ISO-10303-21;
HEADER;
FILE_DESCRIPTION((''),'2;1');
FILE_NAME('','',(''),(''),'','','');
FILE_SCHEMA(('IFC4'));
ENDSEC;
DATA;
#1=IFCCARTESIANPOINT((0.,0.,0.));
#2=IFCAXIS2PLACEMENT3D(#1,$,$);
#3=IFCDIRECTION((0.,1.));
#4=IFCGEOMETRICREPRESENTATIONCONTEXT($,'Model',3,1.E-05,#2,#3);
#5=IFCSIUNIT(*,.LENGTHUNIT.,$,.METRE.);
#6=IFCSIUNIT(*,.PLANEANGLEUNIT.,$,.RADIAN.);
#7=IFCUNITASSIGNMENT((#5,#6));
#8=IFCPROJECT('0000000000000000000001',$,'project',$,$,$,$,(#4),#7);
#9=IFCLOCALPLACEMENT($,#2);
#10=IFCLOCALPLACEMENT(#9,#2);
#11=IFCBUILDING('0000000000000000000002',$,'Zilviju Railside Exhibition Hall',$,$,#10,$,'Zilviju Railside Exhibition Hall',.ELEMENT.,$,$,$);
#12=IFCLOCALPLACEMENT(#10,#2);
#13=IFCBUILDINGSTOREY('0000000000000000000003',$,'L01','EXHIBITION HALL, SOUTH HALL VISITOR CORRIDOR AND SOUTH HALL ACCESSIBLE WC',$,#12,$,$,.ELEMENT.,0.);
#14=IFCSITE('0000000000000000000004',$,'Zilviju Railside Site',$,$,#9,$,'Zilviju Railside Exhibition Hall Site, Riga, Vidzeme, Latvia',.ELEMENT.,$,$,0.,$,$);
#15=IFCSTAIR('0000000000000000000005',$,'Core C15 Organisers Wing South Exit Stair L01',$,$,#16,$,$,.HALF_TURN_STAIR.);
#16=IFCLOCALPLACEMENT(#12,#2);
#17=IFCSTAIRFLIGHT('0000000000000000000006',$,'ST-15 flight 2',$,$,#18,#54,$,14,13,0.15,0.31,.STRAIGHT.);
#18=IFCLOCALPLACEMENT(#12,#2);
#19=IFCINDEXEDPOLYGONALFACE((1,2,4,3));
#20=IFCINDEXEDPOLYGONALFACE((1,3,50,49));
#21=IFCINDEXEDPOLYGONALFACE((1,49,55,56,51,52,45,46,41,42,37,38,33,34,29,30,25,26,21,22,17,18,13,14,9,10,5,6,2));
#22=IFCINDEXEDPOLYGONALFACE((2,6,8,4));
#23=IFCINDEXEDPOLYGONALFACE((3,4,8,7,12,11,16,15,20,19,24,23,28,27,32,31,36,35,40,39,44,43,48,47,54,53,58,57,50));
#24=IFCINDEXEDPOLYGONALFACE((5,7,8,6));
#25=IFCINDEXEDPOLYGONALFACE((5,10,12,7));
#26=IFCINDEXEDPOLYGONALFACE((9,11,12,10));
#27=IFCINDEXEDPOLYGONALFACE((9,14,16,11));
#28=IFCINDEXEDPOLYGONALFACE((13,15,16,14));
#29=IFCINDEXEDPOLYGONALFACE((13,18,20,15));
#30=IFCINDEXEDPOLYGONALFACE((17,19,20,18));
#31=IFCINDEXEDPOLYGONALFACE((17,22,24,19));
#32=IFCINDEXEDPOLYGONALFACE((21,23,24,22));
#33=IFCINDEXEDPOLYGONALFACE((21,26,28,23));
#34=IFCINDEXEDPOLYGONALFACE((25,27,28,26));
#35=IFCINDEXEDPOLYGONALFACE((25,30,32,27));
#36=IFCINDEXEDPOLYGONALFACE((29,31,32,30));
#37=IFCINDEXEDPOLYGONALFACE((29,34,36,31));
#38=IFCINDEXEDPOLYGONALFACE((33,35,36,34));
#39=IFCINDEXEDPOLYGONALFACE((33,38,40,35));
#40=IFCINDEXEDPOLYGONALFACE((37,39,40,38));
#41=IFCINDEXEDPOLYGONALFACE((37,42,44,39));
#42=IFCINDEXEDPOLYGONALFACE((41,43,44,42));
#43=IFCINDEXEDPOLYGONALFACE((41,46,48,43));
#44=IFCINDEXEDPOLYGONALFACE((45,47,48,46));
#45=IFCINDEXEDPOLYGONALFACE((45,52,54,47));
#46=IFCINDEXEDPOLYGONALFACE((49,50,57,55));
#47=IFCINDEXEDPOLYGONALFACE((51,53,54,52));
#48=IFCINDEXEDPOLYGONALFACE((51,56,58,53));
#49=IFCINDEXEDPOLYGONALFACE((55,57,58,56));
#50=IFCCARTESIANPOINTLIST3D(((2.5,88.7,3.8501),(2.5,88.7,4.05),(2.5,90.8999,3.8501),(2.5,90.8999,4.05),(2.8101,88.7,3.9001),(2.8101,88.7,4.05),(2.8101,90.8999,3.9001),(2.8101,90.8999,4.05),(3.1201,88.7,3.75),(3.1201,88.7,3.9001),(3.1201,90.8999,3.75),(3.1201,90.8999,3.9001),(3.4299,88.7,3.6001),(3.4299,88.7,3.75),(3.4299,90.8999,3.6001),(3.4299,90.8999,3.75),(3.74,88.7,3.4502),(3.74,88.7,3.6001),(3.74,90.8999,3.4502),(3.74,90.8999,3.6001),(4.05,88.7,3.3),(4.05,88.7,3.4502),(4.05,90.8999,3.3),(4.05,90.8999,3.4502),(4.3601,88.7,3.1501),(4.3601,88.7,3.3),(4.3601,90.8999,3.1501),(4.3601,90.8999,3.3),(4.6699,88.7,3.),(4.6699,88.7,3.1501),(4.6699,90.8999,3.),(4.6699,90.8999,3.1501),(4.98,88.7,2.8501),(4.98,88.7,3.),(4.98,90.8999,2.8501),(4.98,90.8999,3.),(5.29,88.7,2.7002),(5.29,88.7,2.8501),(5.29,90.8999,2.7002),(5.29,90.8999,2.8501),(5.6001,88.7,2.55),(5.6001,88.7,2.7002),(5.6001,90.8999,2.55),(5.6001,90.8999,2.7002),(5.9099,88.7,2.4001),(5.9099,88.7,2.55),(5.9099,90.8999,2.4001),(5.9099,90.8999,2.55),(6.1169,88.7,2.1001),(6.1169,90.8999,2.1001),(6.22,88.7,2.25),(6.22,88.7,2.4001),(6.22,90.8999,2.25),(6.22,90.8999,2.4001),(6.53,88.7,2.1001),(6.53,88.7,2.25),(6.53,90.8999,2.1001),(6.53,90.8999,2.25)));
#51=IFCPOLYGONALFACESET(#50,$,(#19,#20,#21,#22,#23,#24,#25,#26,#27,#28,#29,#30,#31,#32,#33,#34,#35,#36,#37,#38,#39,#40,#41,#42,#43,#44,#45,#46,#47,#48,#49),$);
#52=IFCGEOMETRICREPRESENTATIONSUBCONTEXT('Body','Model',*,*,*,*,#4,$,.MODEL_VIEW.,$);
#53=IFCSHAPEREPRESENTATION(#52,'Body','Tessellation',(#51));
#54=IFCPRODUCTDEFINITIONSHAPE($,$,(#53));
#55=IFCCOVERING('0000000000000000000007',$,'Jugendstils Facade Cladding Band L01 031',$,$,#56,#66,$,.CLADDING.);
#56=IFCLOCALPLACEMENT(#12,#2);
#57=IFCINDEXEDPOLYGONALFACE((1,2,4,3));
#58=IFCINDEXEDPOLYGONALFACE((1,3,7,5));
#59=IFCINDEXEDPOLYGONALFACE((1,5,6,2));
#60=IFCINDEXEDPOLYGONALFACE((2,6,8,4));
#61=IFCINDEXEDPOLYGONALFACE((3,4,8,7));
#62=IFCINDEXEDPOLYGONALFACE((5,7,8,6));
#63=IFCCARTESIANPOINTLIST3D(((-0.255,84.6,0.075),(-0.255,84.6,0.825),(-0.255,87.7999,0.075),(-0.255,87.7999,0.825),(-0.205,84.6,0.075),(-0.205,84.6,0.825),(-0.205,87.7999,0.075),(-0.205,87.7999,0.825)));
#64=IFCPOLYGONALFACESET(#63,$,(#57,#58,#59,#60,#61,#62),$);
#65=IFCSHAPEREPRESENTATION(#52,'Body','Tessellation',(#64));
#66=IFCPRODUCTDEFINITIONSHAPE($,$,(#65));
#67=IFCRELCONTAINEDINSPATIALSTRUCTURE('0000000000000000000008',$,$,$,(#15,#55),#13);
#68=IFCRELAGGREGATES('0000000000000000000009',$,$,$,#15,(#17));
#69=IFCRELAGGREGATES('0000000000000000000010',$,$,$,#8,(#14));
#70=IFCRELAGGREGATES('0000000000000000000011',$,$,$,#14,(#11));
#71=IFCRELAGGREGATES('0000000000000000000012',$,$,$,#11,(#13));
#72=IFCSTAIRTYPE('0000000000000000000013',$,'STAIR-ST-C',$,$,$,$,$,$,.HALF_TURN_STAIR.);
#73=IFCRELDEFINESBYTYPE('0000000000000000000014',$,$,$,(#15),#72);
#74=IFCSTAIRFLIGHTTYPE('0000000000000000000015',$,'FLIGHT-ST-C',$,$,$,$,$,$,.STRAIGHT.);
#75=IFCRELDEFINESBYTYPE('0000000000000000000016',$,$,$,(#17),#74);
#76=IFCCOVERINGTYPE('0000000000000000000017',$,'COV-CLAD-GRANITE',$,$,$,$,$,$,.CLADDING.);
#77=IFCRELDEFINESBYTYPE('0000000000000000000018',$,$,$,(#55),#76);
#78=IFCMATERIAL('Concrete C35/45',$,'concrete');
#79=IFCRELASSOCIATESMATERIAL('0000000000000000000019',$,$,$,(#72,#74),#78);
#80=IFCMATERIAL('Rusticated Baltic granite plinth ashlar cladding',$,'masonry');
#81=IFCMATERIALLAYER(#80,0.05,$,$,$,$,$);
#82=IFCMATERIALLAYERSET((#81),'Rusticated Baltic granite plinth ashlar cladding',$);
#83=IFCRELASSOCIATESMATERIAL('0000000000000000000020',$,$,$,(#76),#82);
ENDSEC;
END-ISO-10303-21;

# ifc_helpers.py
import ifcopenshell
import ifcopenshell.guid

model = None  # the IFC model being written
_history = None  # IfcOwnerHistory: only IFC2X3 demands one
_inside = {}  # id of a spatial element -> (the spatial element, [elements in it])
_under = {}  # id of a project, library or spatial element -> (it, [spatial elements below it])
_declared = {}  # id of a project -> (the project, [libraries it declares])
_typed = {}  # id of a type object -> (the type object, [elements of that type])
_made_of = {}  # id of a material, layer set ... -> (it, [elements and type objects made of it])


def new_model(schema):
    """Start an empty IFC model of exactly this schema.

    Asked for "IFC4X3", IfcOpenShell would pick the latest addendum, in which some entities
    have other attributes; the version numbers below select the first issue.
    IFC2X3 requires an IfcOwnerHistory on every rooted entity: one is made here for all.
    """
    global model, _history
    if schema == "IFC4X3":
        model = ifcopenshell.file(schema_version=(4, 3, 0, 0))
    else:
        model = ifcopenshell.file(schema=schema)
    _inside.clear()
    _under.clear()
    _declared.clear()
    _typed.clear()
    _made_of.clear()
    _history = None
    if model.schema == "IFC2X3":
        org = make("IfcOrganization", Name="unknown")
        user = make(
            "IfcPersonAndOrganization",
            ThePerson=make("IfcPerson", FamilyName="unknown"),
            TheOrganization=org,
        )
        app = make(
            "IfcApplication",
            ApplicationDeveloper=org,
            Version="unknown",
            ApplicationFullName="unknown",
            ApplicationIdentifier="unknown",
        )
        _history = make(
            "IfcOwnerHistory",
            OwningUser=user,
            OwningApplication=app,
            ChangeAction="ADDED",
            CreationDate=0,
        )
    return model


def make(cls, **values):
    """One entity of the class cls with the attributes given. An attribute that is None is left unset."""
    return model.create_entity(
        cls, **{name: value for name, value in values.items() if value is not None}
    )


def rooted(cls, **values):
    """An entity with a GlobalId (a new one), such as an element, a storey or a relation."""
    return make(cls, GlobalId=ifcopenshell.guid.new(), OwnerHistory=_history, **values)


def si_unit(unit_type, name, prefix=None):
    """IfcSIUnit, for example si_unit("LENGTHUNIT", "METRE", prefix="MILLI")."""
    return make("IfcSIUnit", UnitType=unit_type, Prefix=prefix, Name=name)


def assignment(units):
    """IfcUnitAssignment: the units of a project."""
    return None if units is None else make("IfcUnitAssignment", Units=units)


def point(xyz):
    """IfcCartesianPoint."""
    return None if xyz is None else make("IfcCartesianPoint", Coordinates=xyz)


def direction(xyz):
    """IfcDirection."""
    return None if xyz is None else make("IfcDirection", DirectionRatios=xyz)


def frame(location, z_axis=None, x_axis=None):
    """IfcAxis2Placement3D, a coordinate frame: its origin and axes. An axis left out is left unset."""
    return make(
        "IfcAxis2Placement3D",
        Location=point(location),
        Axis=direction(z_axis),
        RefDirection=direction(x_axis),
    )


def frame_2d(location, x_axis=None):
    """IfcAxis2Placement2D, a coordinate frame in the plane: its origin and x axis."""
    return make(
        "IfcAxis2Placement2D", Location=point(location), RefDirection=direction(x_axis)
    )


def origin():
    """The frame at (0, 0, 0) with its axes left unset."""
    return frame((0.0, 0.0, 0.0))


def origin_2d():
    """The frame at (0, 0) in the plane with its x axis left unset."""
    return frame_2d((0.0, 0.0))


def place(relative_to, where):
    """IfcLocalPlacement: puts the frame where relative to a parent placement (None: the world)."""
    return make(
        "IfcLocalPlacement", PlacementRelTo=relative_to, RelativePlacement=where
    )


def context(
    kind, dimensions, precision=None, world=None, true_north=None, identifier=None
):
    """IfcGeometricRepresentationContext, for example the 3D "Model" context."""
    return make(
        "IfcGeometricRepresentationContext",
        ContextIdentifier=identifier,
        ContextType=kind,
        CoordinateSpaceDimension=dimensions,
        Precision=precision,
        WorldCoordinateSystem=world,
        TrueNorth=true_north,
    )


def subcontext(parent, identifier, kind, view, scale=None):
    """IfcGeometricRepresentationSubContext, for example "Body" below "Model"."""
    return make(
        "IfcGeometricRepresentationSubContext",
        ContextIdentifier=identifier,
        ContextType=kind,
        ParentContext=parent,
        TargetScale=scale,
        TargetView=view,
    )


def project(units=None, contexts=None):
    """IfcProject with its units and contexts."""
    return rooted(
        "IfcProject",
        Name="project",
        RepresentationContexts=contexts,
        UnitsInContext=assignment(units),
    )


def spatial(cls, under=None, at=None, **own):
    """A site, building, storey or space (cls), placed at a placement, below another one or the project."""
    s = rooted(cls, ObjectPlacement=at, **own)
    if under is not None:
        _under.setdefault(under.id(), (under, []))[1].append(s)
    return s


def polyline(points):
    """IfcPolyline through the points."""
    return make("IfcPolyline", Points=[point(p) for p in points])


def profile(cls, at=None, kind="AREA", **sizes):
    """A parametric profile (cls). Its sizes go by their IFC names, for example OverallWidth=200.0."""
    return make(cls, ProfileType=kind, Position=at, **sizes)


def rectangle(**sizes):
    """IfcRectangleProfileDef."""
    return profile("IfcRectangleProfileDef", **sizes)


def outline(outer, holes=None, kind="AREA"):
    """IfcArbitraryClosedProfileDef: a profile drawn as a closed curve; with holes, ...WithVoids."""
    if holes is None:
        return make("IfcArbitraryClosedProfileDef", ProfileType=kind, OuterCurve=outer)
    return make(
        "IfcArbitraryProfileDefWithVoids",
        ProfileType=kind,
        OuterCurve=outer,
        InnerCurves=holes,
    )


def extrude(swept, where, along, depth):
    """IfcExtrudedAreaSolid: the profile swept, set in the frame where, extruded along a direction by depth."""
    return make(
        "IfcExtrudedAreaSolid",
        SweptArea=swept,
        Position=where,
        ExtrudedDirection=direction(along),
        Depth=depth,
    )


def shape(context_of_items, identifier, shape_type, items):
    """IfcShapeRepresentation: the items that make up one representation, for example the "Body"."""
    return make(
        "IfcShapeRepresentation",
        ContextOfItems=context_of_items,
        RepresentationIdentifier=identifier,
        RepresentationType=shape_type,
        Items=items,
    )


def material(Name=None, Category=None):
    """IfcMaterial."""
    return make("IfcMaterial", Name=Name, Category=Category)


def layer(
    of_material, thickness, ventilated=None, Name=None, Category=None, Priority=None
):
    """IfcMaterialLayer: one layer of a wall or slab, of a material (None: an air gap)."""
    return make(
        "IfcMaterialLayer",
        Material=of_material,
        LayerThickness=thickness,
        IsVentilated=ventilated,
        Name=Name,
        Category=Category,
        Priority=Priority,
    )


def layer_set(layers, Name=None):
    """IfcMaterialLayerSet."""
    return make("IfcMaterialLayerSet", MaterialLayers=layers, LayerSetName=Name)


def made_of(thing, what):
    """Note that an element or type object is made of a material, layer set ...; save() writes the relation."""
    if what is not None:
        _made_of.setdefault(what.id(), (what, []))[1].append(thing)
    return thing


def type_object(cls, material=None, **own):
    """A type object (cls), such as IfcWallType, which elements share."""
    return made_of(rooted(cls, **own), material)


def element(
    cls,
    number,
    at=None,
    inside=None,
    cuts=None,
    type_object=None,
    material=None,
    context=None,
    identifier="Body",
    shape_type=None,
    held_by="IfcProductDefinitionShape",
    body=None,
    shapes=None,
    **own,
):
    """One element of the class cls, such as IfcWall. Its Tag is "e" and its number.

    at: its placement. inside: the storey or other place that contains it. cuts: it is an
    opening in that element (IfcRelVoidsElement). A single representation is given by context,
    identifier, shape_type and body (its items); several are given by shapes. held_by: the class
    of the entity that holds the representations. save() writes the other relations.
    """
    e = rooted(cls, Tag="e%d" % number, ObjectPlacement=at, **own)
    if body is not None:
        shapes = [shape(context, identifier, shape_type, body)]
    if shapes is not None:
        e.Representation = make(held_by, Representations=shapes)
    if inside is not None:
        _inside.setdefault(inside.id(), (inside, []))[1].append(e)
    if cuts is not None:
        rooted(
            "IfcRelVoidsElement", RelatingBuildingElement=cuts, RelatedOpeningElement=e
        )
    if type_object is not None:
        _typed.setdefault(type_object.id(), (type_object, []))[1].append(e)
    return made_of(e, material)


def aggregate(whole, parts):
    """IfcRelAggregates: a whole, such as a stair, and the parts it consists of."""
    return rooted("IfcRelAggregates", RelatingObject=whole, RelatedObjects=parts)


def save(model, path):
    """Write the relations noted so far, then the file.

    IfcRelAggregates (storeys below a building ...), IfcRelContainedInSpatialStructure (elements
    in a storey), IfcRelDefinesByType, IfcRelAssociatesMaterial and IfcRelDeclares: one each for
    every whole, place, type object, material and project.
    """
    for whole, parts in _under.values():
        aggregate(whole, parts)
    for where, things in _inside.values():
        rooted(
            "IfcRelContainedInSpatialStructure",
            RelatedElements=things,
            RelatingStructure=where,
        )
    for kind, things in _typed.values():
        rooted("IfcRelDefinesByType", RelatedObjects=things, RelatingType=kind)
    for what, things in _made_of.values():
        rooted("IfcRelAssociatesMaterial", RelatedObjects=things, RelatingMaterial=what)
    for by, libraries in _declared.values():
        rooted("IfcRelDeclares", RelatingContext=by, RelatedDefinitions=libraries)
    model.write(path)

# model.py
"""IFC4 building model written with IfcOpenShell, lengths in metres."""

from ifc_helpers import new_model, si_unit, direction, frame, origin, origin_2d, place, context, subcontext, project, spatial, polyline, rectangle, outline, extrude, material, layer, layer_set, type_object, element, aggregate, save


model = new_model("IFC4")

# Units and contexts
model_context = context("Model", 3, precision=1e-05, world=origin(), true_north=direction((0.0, 1.0)))
body_context = subcontext(model_context, "Body", "Model", "MODEL_VIEW")
ifc_project = project(units=[si_unit("LENGTHUNIT", "METRE"), si_unit("PLANEANGLEUNIT", "RADIAN")], contexts=[model_context])

# Site, building, storey
site_placement = place(None, origin())
site = spatial("IfcSite", under=ifc_project, at=site_placement, Name="Zilviju Railside Site", LongName="Zilviju Railside Exhibition Hall Site, Riga, Vidzeme, Latvia", CompositionType="ELEMENT", RefElevation=0.0)
building_placement = place(site_placement, origin())
building = spatial("IfcBuilding", under=site, at=building_placement, Name="Zilviju Railside Exhibition Hall", LongName="Zilviju Railside Exhibition Hall", CompositionType="ELEMENT")
storey_placement = place(building_placement, origin())
storey = spatial("IfcBuildingStorey", under=building, at=storey_placement, Name="L01", Description="EXHIBITION HALL, SOUTH HALL VISITOR CORRIDOR AND SOUTH HALL ACCESSIBLE WC", CompositionType="ELEMENT", Elevation=0.0)

# Shared definitions
ifc_material_1 = material(Name="Concrete C35/45", Category="concrete")

# Stair, stair flight
stair_type = type_object("IfcStairType", Name="STAIR-ST-C", PredefinedType="HALF_TURN_STAIR", material=ifc_material_1)
stair_placement = place(storey_placement, origin())
stair = element("IfcStair", 1, at=stair_placement, inside=storey, type_object=stair_type, Name="Core C15 Organisers Wing South Exit Stair L01", PredefinedType="HALF_TURN_STAIR")
stair_flight_type = type_object("IfcStairFlightType", Name="FLIGHT-ST-C", PredefinedType="STRAIGHT", material=ifc_material_1)
stair_flight_1_placement = place(storey_placement, frame((6.53, 89.8, 2.1001), z_axis=(0.0, 0.0, 1.0), x_axis=(-1.0, 0.0, 0.0)))
stair_flight_1 = element("IfcStairFlight", 2, at=stair_flight_1_placement, type_object=stair_flight_type, Name="ST-15 flight 2", NumberOfRisers=14, NumberOfTreads=13, PredefinedType="STRAIGHT", RiserHeight=0.15, TreadLength=0.31, context=body_context, shape_type="SweptSolid", body=[
    extrude(outline(polyline([(0.0, 0.0), (0.0, 0.1499), (0.3101, 0.1499), (0.3101, 0.3), (0.6201, 0.3), (0.6201, 0.45), (0.9299, 0.45), (0.9299, 0.6001), (1.24, 0.6001), (1.24, 0.75), (1.55, 0.75), (1.55, 0.8999), (1.8601, 0.8999), (1.8601, 1.05), (2.1699, 1.05), (2.1699, 1.2), (2.48, 1.2), (2.48, 1.3501), (2.79, 1.3501), (2.79, 1.5), (3.1001, 1.5), (3.1001, 1.6499), (3.4099, 1.6499), (3.4099, 1.8), (3.72, 1.8), (3.72, 1.95), (4.03, 1.95), (4.03, 2.1001), (4.03, 1.75), (0.4131, 0.0), (0.0, 0.0)])), frame((0.0, 1.1001, 0.0), z_axis=(0.0, -1.0, 0.0), x_axis=(1.0, 0.0, 0.0)), (0.0, 0.0, 1.0), 2.2),
])
aggregate(stair, [stair_flight_1])

# Covering
ifc_material_2 = material(Name="Rusticated Baltic granite plinth ashlar cladding", Category="masonry")
ifc_layer_1 = layer(ifc_material_2, 0.05)
ifc_layer_set_1 = layer_set([ifc_layer_1], Name="Rusticated Baltic granite plinth ashlar cladding")
covering_type = type_object("IfcCoveringType", Name="COV-CLAD-GRANITE", PredefinedType="CLADDING", material=ifc_layer_set_1)
covering_placement = place(storey_placement, frame((-0.23, 86.2, 0.075), z_axis=(0.0, 0.0, 1.0), x_axis=(0.0, 1.0, 0.0)))
element("IfcCovering", 3, at=covering_placement, inside=storey, type_object=covering_type, Name="Jugendstils Facade Cladding Band L01 031", PredefinedType="CLADDING", context=body_context, shape_type="SweptSolid", body=[
    extrude(rectangle(XDim=3.2, YDim=0.05, at=origin_2d()), origin(), (0.0, 0.0, 1.0), 0.75),
])

save(model, "model.ifc")
